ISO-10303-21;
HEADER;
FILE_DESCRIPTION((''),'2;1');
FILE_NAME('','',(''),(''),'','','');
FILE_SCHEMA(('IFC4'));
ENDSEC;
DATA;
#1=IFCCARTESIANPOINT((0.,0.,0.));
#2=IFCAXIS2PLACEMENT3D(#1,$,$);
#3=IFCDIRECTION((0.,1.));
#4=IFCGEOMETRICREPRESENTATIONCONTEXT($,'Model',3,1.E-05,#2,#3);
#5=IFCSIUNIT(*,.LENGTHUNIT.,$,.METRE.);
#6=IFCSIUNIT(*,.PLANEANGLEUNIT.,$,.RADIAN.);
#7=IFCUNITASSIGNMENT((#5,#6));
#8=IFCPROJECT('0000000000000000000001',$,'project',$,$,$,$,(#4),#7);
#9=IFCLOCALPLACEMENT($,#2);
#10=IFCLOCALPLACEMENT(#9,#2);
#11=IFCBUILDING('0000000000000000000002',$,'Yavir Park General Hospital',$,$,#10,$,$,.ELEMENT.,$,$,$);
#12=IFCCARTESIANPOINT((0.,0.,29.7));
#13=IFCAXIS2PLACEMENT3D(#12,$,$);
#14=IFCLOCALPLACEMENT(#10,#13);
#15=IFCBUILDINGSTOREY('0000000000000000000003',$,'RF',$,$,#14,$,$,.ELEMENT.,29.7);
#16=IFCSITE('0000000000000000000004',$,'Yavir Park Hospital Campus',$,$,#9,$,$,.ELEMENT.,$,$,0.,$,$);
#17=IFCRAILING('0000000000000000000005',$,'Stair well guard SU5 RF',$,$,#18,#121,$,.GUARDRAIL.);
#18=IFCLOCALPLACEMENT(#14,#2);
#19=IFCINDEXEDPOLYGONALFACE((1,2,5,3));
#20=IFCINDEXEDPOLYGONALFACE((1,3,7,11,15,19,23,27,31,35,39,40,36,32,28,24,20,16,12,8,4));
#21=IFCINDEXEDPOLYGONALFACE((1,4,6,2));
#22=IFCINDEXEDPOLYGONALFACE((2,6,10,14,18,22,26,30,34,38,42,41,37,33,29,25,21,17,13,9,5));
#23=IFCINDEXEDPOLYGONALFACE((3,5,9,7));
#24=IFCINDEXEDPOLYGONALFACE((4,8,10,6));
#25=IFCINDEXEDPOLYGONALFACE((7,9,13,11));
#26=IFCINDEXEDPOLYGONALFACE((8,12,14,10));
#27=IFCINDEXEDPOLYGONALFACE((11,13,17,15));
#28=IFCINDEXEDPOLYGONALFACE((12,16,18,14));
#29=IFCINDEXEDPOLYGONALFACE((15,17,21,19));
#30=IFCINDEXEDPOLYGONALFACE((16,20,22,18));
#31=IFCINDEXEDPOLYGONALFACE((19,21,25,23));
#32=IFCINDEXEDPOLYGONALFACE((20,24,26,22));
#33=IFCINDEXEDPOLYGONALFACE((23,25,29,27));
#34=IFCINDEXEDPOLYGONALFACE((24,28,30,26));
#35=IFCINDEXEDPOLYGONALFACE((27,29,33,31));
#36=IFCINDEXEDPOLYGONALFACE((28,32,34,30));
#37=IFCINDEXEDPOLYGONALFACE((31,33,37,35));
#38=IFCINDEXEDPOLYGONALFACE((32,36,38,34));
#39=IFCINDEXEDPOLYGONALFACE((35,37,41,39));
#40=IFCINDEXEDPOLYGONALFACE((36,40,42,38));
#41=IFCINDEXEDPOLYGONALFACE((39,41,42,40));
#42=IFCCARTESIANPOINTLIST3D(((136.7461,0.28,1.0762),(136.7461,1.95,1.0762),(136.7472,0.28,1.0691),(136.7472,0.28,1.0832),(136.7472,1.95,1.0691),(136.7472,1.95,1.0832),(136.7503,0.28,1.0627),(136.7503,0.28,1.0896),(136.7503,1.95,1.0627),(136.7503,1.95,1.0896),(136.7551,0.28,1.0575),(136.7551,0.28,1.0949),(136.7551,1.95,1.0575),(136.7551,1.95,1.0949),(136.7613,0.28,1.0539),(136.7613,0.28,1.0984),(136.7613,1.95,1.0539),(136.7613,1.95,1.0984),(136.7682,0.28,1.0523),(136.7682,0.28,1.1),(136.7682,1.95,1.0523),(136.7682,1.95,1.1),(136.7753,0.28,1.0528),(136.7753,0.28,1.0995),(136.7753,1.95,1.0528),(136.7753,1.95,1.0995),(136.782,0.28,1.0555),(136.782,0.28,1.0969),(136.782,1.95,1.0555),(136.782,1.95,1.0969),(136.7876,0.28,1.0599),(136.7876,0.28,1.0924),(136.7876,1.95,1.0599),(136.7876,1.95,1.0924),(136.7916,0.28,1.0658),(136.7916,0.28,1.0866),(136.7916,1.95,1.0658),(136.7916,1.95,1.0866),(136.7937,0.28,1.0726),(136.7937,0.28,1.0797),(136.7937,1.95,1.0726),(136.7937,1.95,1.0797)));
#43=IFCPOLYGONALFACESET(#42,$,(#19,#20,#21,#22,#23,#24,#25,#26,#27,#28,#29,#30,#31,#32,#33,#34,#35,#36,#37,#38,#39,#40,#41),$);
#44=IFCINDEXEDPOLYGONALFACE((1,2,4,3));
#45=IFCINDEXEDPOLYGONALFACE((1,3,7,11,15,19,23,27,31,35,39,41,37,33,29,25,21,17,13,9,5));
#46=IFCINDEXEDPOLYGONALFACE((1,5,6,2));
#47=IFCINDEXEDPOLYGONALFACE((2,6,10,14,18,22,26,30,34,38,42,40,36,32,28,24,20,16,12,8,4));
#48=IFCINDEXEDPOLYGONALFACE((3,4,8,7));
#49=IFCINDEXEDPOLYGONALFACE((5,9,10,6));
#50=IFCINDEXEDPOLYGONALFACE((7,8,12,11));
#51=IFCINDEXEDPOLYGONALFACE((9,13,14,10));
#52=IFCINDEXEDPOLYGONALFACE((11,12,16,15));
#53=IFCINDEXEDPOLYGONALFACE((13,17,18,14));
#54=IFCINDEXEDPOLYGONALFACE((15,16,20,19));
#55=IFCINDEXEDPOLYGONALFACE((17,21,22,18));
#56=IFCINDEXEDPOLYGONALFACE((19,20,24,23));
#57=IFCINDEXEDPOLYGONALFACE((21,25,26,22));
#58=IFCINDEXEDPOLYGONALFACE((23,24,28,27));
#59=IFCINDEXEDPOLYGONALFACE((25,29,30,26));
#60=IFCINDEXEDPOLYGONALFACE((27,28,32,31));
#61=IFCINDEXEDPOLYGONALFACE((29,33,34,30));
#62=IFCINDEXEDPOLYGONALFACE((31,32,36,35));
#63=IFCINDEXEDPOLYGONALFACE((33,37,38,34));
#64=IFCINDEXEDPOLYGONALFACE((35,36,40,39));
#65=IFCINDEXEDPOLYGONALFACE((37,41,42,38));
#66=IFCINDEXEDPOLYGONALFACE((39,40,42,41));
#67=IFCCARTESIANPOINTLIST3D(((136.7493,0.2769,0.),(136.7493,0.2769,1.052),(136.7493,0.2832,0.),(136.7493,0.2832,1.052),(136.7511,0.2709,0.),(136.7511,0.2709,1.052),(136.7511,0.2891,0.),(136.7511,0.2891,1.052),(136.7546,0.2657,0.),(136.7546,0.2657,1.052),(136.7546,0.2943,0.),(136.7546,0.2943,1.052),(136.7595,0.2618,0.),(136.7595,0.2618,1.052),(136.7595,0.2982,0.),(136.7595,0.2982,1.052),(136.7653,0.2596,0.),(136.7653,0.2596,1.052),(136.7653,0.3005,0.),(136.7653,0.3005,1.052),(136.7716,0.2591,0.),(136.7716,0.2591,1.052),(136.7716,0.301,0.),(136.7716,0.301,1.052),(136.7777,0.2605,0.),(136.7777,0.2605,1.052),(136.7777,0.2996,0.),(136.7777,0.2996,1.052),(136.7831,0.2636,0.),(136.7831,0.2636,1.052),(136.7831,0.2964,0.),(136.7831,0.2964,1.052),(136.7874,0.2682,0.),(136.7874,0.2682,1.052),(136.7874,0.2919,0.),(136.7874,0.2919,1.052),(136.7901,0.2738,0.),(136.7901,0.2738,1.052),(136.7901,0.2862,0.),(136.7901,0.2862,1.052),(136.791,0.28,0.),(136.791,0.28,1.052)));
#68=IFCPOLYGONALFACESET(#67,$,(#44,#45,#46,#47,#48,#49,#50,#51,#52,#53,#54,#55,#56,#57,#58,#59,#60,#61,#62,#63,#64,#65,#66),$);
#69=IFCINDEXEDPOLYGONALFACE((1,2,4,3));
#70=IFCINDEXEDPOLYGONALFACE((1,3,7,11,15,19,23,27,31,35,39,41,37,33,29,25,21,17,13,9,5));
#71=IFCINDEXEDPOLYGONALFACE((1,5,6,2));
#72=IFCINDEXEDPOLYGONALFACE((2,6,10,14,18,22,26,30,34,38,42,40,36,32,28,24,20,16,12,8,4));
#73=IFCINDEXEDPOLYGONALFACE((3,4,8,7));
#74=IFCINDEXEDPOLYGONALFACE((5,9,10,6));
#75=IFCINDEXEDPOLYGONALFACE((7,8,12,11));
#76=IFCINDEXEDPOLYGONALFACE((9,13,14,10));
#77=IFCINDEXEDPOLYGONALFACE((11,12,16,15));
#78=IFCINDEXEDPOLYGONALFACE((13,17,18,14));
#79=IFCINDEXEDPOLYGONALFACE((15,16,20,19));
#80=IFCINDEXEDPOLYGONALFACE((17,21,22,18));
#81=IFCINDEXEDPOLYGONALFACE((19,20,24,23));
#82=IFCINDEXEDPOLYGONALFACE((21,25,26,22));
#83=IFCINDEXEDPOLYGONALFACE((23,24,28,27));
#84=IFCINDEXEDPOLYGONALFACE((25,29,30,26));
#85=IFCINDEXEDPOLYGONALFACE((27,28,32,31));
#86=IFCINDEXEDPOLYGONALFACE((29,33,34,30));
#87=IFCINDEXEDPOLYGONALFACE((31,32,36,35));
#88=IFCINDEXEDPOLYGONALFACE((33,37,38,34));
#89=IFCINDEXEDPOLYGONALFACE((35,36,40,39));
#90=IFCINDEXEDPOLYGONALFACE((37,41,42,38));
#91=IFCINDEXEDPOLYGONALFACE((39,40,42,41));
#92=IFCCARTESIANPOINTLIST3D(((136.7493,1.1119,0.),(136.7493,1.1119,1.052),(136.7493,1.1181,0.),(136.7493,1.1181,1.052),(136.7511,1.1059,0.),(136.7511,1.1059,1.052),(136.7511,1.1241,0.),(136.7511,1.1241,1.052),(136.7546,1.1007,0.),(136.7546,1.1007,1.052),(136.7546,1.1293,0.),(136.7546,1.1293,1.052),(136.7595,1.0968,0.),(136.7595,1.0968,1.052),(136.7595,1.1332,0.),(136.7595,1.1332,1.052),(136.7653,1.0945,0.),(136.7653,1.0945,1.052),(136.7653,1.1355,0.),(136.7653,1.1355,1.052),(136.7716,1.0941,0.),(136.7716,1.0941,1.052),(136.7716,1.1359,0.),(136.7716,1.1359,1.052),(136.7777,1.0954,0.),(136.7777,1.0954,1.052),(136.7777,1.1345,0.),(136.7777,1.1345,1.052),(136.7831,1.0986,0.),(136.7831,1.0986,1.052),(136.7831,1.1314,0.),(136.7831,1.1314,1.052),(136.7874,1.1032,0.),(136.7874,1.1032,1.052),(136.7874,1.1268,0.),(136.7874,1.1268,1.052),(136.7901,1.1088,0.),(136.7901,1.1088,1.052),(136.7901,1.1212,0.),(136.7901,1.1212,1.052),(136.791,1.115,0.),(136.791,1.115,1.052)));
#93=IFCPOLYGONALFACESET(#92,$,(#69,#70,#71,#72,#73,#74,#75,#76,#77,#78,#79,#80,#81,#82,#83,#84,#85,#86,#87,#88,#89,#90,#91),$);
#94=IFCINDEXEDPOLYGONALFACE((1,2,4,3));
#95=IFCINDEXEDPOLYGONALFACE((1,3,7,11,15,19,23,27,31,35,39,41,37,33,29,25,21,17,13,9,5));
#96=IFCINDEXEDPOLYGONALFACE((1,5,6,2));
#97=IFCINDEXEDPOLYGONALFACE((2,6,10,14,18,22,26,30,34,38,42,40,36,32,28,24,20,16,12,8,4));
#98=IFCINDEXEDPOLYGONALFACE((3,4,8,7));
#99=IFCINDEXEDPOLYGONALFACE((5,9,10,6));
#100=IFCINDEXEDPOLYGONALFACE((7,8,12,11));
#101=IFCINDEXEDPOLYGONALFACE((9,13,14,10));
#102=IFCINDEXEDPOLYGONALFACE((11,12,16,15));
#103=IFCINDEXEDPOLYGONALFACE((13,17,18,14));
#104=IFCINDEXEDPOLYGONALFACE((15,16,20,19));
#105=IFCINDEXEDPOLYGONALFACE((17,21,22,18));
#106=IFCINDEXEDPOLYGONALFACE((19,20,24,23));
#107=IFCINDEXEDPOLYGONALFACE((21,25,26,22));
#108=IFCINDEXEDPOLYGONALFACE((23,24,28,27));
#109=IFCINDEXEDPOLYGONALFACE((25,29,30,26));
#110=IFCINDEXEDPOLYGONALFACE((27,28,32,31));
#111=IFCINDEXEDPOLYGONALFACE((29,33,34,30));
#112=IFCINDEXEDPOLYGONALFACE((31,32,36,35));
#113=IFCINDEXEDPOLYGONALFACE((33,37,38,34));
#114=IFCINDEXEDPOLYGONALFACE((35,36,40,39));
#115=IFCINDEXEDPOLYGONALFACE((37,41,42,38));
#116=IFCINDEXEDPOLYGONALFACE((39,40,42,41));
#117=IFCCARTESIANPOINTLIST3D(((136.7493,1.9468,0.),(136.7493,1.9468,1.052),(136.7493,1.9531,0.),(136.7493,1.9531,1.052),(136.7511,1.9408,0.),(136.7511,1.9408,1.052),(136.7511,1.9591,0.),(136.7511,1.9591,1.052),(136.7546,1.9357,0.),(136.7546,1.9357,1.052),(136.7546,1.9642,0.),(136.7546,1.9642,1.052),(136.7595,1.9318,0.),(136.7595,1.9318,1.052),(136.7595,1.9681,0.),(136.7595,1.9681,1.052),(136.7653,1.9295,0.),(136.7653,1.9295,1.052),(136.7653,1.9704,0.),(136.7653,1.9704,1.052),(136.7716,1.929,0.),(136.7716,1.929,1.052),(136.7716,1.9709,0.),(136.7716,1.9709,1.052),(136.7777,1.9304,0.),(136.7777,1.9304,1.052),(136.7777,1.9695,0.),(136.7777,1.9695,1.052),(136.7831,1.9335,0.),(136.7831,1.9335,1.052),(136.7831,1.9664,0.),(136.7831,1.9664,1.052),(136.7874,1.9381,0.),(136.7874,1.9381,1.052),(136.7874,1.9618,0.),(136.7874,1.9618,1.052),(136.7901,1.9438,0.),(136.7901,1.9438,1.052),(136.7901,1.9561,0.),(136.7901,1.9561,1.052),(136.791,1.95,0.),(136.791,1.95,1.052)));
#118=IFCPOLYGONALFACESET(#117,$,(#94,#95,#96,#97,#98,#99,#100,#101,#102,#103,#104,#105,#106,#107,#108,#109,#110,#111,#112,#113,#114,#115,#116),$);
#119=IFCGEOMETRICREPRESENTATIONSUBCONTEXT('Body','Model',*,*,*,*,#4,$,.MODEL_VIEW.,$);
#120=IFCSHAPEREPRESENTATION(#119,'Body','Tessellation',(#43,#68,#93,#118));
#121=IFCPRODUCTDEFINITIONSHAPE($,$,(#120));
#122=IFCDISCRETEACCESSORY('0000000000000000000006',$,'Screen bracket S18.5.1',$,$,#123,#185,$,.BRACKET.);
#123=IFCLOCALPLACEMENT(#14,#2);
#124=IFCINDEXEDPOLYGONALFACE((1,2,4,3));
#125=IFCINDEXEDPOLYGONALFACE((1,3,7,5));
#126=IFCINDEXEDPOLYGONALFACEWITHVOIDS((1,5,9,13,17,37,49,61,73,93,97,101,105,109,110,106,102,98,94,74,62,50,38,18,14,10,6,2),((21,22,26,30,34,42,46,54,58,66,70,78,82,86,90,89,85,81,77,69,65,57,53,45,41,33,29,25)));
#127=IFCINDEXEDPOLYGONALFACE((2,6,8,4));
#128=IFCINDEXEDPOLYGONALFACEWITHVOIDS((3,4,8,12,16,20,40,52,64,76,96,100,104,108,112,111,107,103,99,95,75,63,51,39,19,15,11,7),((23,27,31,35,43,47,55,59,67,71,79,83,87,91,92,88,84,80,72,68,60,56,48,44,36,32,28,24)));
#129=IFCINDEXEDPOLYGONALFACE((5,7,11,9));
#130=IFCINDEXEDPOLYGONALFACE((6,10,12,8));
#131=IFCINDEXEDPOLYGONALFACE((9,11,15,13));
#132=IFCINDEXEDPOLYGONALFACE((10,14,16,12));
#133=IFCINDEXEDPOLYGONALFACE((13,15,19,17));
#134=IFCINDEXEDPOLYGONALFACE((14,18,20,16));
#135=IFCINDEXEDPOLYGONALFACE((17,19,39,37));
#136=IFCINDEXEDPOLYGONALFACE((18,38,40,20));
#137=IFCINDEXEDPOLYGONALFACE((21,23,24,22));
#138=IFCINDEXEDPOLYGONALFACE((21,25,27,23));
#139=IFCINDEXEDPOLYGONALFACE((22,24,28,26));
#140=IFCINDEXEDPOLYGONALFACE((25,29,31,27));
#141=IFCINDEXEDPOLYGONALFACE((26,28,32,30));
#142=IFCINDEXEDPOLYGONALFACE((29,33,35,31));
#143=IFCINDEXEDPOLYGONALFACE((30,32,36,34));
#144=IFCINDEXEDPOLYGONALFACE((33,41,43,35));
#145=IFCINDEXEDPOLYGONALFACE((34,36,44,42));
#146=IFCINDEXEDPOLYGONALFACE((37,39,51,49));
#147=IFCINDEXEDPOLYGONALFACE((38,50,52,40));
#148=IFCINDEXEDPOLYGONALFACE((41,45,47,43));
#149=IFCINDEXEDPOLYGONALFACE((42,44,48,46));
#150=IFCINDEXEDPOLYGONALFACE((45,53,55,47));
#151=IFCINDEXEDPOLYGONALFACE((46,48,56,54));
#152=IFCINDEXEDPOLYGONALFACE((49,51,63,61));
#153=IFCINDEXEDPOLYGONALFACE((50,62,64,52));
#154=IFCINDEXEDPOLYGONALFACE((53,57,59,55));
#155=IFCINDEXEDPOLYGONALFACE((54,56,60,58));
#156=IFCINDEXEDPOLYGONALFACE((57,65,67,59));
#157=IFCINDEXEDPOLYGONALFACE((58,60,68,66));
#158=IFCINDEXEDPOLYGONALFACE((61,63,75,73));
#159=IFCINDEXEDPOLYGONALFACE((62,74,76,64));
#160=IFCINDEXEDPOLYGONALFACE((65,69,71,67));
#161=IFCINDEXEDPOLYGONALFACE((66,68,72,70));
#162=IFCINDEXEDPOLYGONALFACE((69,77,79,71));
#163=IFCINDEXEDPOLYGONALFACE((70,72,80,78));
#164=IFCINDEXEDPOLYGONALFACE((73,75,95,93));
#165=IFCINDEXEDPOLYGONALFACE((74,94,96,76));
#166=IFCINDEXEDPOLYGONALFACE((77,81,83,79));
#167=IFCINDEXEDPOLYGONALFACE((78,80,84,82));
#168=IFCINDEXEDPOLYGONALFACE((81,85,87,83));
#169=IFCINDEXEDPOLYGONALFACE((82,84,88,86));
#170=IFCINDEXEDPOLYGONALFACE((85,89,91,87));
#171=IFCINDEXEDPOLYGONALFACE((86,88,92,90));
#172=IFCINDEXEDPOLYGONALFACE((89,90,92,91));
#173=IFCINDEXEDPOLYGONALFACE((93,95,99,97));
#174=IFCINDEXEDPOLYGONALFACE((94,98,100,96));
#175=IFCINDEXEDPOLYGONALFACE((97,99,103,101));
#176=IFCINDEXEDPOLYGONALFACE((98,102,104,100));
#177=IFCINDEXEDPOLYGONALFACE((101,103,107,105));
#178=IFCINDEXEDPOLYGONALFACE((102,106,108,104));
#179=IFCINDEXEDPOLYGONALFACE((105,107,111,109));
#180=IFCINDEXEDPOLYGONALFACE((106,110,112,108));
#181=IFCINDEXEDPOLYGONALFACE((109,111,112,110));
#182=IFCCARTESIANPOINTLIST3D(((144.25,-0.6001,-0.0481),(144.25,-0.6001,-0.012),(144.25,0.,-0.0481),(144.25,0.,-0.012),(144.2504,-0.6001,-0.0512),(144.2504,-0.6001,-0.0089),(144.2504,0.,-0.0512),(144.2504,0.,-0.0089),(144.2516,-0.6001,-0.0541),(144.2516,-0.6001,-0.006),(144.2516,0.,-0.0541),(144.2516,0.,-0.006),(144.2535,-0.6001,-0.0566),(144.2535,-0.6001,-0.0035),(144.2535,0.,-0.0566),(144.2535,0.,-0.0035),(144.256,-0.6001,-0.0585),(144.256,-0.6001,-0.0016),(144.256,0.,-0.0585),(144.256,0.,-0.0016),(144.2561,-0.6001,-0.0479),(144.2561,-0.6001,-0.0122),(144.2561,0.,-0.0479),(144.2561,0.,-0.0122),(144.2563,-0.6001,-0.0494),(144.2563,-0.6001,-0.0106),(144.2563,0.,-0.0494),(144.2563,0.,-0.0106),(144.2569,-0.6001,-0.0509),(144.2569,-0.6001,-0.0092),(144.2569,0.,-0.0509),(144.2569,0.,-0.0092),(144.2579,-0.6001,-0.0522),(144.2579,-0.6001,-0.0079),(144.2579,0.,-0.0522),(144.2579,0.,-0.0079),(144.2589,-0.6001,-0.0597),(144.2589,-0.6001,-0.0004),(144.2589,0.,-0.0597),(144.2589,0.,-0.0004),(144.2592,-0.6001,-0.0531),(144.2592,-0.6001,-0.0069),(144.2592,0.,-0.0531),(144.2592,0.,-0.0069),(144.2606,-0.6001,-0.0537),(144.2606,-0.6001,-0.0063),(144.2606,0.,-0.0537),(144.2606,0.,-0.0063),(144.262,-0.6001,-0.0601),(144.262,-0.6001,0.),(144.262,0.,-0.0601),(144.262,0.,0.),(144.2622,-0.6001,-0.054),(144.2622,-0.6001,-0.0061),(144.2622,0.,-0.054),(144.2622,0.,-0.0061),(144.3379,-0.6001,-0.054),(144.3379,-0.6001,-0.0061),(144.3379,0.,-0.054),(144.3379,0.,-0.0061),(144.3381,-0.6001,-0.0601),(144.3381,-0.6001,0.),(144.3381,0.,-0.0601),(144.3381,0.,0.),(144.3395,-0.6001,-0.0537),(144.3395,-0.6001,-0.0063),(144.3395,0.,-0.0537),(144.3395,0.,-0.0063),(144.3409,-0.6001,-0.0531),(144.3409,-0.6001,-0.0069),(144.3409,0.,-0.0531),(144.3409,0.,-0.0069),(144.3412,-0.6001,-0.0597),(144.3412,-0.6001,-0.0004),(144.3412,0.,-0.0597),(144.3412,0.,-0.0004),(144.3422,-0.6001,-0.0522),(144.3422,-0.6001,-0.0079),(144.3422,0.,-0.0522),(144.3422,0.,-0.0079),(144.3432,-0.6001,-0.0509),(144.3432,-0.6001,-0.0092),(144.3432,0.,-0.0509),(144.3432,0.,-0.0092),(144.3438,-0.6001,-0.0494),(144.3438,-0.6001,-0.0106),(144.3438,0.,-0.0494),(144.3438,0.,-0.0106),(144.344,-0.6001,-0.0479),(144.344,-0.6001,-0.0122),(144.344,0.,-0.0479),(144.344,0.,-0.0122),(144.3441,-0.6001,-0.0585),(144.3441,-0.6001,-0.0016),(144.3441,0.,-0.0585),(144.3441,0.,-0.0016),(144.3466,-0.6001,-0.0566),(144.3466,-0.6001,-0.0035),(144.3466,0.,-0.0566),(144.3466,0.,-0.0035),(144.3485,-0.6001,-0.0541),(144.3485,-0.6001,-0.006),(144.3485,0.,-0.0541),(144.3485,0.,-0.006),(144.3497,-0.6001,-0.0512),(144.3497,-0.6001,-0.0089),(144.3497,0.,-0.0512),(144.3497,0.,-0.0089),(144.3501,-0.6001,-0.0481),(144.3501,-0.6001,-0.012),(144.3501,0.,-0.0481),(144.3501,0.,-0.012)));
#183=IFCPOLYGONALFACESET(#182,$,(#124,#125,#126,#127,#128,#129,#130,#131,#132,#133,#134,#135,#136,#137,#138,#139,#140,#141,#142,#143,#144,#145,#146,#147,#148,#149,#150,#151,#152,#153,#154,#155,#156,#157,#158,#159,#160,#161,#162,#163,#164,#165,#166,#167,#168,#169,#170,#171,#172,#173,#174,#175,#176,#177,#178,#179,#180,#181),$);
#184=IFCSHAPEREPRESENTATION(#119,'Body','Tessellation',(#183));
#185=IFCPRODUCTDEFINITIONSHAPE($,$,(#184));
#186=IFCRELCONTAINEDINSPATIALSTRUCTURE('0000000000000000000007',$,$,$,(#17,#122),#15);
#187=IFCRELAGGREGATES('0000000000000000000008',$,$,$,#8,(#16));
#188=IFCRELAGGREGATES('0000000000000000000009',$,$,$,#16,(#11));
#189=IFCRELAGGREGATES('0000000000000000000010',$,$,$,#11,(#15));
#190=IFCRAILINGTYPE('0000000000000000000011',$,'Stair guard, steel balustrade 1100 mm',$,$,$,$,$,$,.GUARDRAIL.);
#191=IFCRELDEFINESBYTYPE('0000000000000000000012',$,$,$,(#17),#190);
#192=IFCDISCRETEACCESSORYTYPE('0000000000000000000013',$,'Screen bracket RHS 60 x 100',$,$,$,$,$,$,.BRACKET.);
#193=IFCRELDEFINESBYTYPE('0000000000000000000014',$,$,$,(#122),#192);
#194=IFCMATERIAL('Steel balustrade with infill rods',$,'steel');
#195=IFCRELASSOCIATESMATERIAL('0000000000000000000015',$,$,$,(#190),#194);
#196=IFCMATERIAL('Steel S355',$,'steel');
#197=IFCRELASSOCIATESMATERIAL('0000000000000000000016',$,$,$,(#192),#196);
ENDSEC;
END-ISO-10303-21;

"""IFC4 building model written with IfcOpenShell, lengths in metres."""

from ifc_helpers import new_model, si_unit, direction, frame, origin, origin_2d, place, context, subcontext, project, spatial, hollow_rectangle, circle, extrude, material, material_profile, profile_set, type_object, element, save


model = new_model("IFC4")

# Units and contexts
model_context = context("Model", 3, precision=1e-05, world=origin(), true_north=direction((0.0, 1.0)))
body_context = subcontext(model_context, "Body", "Model", "MODEL_VIEW")
ifc_project = project(units=[si_unit("LENGTHUNIT", "METRE"), si_unit("PLANEANGLEUNIT", "RADIAN")], contexts=[model_context])

# Site, building, storey
site_placement = place(None, origin())
site = spatial("IfcSite", under=ifc_project, at=site_placement, Name="Yavir Park Hospital Campus", CompositionType="ELEMENT", RefElevation=0.0)
building_placement = place(site_placement, origin())
building = spatial("IfcBuilding", under=site, at=building_placement, Name="Yavir Park General Hospital", CompositionType="ELEMENT")
storey_placement = place(building_placement, frame((0.0, 0.0, 29.7)))
storey = spatial("IfcBuildingStorey", under=building, at=storey_placement, Name="RF", CompositionType="ELEMENT", Elevation=29.7)

# Railing
ifc_material_1 = material(Name="Steel balustrade with infill rods", Category="steel")
railing_type = type_object("IfcRailingType", Name="Stair guard, steel balustrade 1100 mm", PredefinedType="GUARDRAIL", material=ifc_material_1)
railing_placement = place(storey_placement, frame((136.77, 0.28, 0.0)))
element("IfcRailing", 1, at=railing_placement, inside=storey, type_object=railing_type, Name="Stair well guard SU5 RF", PredefinedType="GUARDRAIL", context=body_context, shape_type="SweptSolid", body=[
    extrude(circle(Radius=0.0239, at=origin_2d()), frame((0.0, 0.0, 1.0762), z_axis=(0.0, 1.0, 0.0), x_axis=(-1.0, 0.0, 0.0)), (0.0, 0.0, 1.0), 1.6699),
    extrude(circle(Radius=0.021, at=origin_2d()), origin(), (0.0, 0.0, 1.0), 1.052),
    extrude(circle(Radius=0.021, at=origin_2d()), frame((0.0, 0.835, 0.0)), (0.0, 0.0, 1.0), 1.052),
    extrude(circle(Radius=0.021, at=origin_2d()), frame((0.0, 1.6699, 0.0)), (0.0, 0.0, 1.0), 1.052),
])

# Discrete accessory
ifc_material_2 = material(Name="Steel S355", Category="steel")
ifc_material_profile_1 = material_profile(ifc_material_2, hollow_rectangle(XDim=0.1001, YDim=0.0601, WallThickness=0.0061, InnerFilletRadius=0.0061, OuterFilletRadius=0.012, at=origin_2d()), Name="RHS60x100x6")
ifc_profile_set_1 = profile_set([ifc_material_profile_1], Name="Steel S355")
discrete_accessory_type_1 = type_object("IfcDiscreteAccessoryType", Name="Screen bracket RHS 60 x 100", PredefinedType="BRACKET", material=ifc_profile_set_1)
for number, where, z_axis, x_axis, name in (
    (2, (144.3, 0.0, -0.03), (0.0, -1.0, 0.0), (1.0, 0.0, 0.0), "Screen bracket S18.5.1"),
):
    element("IfcDiscreteAccessory", number, at=place(storey_placement, frame(where, z_axis=z_axis, x_axis=x_axis)), inside=storey, type_object=discrete_accessory_type_1, Name=name, PredefinedType="BRACKET", context=body_context, shape_type="SweptSolid", body=[
        extrude(hollow_rectangle(XDim=0.1001, YDim=0.0601, WallThickness=0.0061, InnerFilletRadius=0.0061, OuterFilletRadius=0.012, at=origin_2d()), origin(), (0.0, 0.0, 1.0), 0.6001),
    ])

save(model, "model.ifc")
